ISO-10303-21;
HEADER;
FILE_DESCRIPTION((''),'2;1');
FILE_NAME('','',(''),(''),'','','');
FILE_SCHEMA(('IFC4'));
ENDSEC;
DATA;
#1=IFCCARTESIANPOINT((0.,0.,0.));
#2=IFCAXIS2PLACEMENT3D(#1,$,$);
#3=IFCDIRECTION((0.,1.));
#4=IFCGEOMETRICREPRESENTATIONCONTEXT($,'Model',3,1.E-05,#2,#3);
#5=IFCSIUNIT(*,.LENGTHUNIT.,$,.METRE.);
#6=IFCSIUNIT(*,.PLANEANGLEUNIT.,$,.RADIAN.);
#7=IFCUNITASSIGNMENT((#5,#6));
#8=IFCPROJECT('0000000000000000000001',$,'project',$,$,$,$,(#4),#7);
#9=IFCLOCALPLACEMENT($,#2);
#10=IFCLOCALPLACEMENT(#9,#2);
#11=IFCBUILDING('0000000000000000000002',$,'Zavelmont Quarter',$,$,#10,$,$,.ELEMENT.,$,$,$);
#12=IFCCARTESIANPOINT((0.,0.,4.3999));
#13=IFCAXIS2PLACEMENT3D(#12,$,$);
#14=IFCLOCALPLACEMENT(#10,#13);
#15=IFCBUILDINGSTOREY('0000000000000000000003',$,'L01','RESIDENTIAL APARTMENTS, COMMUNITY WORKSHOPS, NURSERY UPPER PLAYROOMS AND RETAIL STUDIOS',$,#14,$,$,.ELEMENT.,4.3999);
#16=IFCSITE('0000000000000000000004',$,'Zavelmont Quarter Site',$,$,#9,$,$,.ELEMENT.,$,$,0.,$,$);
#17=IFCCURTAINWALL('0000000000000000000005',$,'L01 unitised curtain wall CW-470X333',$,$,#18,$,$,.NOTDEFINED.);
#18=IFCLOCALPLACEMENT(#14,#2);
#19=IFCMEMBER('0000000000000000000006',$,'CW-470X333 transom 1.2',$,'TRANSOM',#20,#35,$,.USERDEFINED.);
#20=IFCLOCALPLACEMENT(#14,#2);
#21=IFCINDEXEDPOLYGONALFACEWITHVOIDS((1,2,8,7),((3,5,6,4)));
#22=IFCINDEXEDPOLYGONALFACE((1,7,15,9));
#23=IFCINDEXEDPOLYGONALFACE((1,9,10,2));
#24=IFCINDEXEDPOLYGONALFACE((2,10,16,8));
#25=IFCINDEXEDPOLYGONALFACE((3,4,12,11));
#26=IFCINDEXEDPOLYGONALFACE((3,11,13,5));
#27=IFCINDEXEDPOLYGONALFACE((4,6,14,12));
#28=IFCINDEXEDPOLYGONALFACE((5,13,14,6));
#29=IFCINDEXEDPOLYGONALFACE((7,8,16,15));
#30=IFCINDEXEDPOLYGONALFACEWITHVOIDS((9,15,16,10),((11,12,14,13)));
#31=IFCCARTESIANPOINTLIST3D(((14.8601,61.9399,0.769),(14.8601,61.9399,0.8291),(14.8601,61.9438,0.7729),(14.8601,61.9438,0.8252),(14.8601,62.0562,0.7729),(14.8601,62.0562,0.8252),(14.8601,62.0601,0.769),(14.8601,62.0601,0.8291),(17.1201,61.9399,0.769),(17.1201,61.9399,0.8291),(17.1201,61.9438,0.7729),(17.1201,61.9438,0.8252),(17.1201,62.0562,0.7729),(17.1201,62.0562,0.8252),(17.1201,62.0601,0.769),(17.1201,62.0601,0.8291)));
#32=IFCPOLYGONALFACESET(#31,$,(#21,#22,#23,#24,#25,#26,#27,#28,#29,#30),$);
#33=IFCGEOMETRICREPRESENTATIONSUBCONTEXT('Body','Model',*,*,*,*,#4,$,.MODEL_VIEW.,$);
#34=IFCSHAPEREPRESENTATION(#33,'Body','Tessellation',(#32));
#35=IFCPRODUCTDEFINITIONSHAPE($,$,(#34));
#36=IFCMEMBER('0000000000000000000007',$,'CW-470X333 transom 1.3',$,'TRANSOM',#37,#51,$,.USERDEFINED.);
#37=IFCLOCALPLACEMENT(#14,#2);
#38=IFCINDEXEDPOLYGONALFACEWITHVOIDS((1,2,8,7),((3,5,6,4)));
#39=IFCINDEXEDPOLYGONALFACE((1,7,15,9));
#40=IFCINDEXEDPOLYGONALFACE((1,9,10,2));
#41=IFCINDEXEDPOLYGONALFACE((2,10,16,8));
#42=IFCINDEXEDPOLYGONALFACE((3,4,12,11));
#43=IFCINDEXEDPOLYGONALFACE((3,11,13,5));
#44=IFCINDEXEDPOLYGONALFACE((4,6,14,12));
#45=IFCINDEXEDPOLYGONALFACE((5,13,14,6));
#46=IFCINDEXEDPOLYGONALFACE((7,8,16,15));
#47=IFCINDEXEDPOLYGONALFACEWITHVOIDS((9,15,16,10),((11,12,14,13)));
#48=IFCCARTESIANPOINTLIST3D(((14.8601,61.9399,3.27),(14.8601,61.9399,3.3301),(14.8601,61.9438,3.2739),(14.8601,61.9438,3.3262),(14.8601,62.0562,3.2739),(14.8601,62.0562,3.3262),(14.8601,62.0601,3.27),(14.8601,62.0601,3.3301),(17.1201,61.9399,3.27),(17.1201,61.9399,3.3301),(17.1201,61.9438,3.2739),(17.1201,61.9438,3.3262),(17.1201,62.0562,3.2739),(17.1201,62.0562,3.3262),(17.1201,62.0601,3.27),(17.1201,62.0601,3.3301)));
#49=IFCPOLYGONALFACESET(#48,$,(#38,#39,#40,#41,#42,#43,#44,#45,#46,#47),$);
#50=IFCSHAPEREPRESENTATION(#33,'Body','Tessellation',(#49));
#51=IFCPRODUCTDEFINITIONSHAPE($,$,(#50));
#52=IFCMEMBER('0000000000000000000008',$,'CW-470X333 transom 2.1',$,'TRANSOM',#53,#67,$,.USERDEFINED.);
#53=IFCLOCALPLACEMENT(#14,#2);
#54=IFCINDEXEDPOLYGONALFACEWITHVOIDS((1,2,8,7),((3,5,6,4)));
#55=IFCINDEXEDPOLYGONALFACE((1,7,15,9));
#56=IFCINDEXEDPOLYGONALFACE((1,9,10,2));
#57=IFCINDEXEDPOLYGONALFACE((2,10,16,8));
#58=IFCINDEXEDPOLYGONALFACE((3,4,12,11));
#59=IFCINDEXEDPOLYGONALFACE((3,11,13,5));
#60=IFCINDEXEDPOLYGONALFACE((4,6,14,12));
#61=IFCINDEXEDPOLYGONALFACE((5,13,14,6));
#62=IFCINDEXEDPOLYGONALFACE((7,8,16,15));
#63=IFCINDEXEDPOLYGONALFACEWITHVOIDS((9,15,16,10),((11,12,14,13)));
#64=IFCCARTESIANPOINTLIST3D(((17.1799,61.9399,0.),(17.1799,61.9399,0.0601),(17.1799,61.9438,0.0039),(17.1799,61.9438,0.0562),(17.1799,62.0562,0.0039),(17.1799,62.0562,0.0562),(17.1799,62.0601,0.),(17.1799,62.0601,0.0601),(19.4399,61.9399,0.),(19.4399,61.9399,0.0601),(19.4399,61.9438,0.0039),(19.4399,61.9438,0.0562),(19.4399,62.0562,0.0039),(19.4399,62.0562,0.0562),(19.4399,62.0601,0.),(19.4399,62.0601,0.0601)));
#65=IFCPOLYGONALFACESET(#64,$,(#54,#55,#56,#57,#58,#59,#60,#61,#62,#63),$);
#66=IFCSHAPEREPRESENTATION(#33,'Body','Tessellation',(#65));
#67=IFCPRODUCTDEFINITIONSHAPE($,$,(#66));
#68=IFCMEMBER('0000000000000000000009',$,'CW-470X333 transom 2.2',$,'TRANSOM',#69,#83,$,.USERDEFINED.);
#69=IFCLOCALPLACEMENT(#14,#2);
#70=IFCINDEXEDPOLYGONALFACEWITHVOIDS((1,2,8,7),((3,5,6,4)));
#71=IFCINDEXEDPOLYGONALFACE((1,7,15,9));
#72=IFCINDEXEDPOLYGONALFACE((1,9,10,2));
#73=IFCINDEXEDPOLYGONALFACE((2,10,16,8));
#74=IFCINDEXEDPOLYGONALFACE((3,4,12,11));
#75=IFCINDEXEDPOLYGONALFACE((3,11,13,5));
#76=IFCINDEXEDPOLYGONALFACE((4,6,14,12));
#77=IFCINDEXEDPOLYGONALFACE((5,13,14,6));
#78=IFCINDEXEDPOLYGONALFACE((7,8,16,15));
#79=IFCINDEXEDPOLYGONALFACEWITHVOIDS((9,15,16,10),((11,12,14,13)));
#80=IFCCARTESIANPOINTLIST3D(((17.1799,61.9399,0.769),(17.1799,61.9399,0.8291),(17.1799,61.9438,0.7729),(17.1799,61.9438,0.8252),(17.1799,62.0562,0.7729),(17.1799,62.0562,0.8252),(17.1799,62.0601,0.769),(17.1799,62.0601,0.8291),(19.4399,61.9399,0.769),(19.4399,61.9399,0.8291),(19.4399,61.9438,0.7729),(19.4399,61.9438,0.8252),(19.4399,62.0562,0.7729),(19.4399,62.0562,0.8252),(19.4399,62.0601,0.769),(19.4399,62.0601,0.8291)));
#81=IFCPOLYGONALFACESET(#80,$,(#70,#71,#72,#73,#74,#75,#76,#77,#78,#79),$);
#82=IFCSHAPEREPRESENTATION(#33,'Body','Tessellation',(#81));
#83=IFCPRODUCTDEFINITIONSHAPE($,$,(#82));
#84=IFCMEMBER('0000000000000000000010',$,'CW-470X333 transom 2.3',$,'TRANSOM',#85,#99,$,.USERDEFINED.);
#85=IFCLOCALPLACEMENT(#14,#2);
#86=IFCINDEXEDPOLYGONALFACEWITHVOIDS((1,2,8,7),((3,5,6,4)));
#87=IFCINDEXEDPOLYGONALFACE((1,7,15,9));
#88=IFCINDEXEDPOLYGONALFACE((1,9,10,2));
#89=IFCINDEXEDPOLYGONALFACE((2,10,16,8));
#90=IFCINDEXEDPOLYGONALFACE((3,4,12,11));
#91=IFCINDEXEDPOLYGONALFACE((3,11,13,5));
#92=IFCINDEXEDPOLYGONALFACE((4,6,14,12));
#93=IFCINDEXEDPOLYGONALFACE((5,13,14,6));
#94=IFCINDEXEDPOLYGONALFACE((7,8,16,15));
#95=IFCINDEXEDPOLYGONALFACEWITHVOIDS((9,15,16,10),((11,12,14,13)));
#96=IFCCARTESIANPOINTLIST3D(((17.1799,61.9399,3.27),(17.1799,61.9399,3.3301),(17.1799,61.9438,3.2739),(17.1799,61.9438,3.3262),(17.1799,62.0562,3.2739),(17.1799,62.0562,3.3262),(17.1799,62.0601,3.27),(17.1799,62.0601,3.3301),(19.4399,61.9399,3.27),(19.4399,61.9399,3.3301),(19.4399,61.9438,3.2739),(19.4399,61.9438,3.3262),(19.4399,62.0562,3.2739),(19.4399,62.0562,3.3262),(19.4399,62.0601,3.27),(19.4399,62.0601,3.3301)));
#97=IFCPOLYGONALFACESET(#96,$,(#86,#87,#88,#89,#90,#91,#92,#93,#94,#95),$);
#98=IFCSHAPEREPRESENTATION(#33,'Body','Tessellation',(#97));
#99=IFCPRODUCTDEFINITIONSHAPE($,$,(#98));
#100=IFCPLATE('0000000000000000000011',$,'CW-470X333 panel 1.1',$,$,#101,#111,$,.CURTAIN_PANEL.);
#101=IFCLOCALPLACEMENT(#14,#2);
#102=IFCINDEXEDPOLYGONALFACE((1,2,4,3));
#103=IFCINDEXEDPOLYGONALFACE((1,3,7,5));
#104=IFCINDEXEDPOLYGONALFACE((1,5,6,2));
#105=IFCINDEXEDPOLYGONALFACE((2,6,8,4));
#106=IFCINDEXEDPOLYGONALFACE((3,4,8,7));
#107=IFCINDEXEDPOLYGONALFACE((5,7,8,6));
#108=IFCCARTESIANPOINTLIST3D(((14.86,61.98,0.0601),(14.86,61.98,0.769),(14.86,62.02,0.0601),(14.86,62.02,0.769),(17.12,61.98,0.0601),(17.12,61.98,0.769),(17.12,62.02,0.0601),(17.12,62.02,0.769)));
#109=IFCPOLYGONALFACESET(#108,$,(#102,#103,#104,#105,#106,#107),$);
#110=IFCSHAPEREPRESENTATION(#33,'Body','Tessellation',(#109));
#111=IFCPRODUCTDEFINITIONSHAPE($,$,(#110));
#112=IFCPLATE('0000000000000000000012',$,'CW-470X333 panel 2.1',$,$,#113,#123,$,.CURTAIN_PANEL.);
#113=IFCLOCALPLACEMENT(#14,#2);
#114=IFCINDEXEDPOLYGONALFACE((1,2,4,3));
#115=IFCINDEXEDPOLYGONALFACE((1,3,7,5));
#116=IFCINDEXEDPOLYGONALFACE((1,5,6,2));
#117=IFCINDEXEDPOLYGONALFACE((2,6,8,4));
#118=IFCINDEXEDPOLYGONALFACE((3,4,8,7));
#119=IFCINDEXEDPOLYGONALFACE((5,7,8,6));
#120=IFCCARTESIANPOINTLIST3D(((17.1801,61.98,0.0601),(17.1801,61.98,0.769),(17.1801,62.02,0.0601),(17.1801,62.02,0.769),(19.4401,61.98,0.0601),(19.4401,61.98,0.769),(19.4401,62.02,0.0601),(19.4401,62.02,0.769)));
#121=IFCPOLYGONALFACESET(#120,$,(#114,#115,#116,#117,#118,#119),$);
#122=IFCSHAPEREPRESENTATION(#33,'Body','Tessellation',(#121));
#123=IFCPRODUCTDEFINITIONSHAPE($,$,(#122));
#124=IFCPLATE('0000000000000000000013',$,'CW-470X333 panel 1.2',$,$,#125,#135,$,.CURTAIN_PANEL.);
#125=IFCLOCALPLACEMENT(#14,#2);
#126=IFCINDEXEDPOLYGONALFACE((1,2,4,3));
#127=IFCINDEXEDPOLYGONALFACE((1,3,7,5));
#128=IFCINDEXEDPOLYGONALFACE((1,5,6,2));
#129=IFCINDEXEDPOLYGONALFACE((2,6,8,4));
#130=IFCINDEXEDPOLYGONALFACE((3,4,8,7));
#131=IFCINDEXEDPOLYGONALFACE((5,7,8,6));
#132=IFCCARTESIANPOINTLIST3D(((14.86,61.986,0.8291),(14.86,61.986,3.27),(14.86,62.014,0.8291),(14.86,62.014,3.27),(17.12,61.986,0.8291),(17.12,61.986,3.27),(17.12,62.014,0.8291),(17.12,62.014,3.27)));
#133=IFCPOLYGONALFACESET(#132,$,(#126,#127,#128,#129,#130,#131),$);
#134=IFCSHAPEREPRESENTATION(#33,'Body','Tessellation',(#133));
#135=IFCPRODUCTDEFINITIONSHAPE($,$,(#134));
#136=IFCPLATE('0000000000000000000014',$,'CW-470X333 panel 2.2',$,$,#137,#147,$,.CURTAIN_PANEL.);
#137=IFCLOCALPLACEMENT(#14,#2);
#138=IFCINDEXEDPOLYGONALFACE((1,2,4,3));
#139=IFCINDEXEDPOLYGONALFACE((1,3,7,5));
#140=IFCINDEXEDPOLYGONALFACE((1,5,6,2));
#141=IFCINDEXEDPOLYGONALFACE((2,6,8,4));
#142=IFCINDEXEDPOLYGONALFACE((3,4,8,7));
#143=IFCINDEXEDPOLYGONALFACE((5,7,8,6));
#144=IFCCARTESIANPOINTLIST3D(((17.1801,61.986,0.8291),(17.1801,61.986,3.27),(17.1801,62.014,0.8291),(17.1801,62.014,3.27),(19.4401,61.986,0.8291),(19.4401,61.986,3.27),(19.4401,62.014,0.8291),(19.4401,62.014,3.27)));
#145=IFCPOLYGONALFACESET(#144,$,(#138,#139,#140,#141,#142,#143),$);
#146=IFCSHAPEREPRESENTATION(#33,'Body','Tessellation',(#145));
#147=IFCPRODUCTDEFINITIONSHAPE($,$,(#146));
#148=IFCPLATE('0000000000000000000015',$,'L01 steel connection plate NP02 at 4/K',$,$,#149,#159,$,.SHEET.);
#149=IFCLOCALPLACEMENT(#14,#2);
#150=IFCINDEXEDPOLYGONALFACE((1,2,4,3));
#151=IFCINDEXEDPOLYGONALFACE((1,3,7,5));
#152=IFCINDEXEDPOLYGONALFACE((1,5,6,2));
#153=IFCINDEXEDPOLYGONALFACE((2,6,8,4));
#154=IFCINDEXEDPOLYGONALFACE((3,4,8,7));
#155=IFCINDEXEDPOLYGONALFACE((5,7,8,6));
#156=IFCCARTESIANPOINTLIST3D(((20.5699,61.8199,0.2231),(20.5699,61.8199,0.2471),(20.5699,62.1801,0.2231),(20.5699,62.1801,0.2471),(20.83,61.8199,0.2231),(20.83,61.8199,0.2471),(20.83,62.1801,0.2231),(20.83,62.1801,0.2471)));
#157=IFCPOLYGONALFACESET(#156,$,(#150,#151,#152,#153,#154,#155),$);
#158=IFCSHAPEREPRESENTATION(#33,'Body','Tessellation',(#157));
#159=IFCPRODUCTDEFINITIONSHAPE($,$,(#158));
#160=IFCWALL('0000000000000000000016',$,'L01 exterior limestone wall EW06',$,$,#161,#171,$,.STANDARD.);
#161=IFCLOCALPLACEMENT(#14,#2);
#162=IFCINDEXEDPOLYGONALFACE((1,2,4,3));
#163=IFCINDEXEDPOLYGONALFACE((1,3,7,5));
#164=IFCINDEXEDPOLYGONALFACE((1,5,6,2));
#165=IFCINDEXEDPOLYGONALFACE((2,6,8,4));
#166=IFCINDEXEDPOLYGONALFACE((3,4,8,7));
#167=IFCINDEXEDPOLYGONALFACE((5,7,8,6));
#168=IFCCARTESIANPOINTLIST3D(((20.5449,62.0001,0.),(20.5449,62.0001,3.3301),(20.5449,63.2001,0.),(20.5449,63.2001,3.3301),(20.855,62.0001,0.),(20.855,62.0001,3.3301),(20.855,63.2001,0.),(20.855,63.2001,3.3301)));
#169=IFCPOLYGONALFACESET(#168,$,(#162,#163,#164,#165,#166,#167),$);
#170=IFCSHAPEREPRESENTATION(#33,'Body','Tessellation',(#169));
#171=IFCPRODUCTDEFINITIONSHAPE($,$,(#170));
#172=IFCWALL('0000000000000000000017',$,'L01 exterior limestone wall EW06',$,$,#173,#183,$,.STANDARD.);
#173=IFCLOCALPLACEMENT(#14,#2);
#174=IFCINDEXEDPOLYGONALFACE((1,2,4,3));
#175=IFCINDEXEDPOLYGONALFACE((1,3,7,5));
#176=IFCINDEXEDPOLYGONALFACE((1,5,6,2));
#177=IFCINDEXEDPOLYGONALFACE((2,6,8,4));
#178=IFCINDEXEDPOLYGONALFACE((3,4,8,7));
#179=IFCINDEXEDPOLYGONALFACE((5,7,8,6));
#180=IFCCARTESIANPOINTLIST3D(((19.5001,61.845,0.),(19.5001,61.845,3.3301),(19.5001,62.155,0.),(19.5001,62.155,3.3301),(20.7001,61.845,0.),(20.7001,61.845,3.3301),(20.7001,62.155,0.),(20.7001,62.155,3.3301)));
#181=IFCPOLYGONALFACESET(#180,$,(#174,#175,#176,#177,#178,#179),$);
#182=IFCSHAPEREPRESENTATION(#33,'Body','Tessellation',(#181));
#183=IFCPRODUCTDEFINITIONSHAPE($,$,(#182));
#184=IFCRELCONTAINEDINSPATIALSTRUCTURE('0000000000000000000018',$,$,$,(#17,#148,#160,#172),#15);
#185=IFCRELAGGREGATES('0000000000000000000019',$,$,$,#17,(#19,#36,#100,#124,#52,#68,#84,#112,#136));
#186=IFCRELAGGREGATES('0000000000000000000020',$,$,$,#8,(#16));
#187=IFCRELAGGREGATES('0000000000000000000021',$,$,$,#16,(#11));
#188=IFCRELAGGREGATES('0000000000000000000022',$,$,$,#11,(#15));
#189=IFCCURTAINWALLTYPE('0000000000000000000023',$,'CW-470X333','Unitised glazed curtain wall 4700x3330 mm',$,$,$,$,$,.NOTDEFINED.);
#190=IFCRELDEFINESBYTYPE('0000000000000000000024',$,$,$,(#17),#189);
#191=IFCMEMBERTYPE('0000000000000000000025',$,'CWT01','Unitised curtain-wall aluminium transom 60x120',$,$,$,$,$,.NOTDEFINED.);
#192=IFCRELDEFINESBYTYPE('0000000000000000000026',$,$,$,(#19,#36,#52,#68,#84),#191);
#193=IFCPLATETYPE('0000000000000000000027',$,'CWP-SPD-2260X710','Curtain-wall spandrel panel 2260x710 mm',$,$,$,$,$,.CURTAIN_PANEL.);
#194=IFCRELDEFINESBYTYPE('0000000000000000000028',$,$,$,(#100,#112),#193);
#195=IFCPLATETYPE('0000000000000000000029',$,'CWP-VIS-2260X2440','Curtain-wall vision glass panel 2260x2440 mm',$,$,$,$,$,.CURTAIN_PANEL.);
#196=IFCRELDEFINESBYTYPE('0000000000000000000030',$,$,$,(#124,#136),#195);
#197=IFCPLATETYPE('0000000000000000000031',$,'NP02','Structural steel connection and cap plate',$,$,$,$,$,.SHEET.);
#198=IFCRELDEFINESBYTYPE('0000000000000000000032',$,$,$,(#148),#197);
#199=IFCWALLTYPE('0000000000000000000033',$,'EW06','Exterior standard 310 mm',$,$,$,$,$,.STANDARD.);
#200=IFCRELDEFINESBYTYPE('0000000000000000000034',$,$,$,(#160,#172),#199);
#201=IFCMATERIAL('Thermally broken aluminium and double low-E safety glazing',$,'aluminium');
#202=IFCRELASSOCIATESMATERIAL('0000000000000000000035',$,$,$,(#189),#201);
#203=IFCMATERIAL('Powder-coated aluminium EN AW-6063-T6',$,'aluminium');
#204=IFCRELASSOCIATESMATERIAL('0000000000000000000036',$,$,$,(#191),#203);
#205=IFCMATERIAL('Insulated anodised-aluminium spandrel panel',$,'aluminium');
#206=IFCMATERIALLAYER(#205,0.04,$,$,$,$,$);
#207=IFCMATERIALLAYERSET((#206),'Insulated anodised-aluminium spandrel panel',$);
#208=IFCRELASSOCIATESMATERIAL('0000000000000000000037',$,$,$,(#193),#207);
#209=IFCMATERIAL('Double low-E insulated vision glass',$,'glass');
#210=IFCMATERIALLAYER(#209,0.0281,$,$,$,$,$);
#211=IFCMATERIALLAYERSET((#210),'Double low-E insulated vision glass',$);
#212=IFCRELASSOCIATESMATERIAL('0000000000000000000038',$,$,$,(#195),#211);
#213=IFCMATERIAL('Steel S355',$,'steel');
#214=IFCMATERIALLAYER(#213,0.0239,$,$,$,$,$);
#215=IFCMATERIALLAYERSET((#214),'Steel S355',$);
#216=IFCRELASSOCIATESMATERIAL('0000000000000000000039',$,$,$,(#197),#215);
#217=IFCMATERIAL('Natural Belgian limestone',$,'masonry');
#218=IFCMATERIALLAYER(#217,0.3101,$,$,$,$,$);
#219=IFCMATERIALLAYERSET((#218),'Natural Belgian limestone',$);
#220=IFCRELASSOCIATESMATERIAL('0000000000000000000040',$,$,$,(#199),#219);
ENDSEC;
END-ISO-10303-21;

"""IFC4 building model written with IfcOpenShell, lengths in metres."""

from ifc_helpers import new_model, si_unit, direction, frame, frame_2d, origin, origin_2d, place, context, subcontext, project, spatial, rectangle, hollow_rectangle, extrude, material, layer, layer_set, material_profile, profile_set, type_object, element, aggregate, save


model = new_model("IFC4")

# Units and contexts
model_context = context("Model", 3, precision=1e-05, world=origin(), true_north=direction((0.0, 1.0)))
body_context = subcontext(model_context, "Body", "Model", "MODEL_VIEW")
ifc_project = project(units=[si_unit("LENGTHUNIT", "METRE"), si_unit("PLANEANGLEUNIT", "RADIAN")], contexts=[model_context])

# Site, building, storey
site_placement = place(None, origin())
site = spatial("IfcSite", under=ifc_project, at=site_placement, Name="Zavelmont Quarter Site", CompositionType="ELEMENT", RefElevation=0.0)
building_placement = place(site_placement, origin())
building = spatial("IfcBuilding", under=site, at=building_placement, Name="Zavelmont Quarter", CompositionType="ELEMENT")
storey_placement = place(building_placement, frame((0.0, 0.0, 4.3999)))
storey = spatial("IfcBuildingStorey", under=building, at=storey_placement, Name="L01", Description="RESIDENTIAL APARTMENTS, COMMUNITY WORKSHOPS, NURSERY UPPER PLAYROOMS AND RETAIL STUDIOS", CompositionType="ELEMENT", Elevation=4.3999)

# Shared definitions
ifc_material_1 = material(Name="Steel S355", Category="steel")

# Curtain wall, members, plates
ifc_material_2 = material(Name="Thermally broken aluminium and double low-E safety glazing", Category="aluminium")
curtain_wall_type = type_object("IfcCurtainWallType", Name="CW-470X333", Description="Unitised glazed curtain wall 4700x3330 mm", PredefinedType="NOTDEFINED", material=ifc_material_2)
curtain_wall_placement = place(storey_placement, origin())
curtain_wall = element("IfcCurtainWall", 1, at=curtain_wall_placement, inside=storey, type_object=curtain_wall_type, Name="L01 unitised curtain wall CW-470X333", PredefinedType="NOTDEFINED")
ifc_material_3 = material(Name="Powder-coated aluminium EN AW-6063-T6", Category="aluminium")
ifc_material_profile_1 = material_profile(ifc_material_3, hollow_rectangle(XDim=0.1201, YDim=0.0601, WallThickness=0.0039, at=origin_2d()), Name="CWT60X120")
ifc_profile_set_1 = profile_set([ifc_material_profile_1], Name="Powder-coated aluminium EN AW-6063-T6")
member_type_1 = type_object("IfcMemberType", Name="CWT01", Description="Unitised curtain-wall aluminium transom 60x120", PredefinedType="NOTDEFINED", material=ifc_profile_set_1)
member_1_placement = place(storey_placement, frame((14.8601, 62.0, 0.7991), z_axis=(1.0, 0.0, 0.0), x_axis=(0.0, 1.0, 0.0)))
member_1 = element("IfcMember", 2, at=member_1_placement, type_object=member_type_1, Name="CW-470X333 transom 1.2", ObjectType="TRANSOM", PredefinedType="USERDEFINED", context=body_context, shape_type="SweptSolid", body=[
    extrude(hollow_rectangle(XDim=0.1201, YDim=0.0601, WallThickness=0.0039, at=origin_2d()), origin(), (0.0, 0.0, 1.0), 2.26),
])
member_2_placement = place(storey_placement, frame((14.8601, 62.0, 3.3), z_axis=(1.0, 0.0, 0.0), x_axis=(0.0, 1.0, 0.0)))
member_2 = element("IfcMember", 3, at=member_2_placement, type_object=member_type_1, Name="CW-470X333 transom 1.3", ObjectType="TRANSOM", PredefinedType="USERDEFINED", context=body_context, shape_type="SweptSolid", body=[
    extrude(hollow_rectangle(XDim=0.1201, YDim=0.0601, WallThickness=0.0039, at=origin_2d()), origin(), (0.0, 0.0, 1.0), 2.26),
])
member_3_placement = place(storey_placement, frame((17.1799, 62.0, 0.03), z_axis=(1.0, 0.0, 0.0), x_axis=(0.0, 1.0, 0.0)))
member_3 = element("IfcMember", 4, at=member_3_placement, type_object=member_type_1, Name="CW-470X333 transom 2.1", ObjectType="TRANSOM", PredefinedType="USERDEFINED", context=body_context, shape_type="SweptSolid", body=[
    extrude(hollow_rectangle(XDim=0.1201, YDim=0.0601, WallThickness=0.0039, at=origin_2d()), origin(), (0.0, 0.0, 1.0), 2.26),
])
member_4_placement = place(storey_placement, frame((17.1799, 62.0, 0.7991), z_axis=(1.0, 0.0, 0.0), x_axis=(0.0, 1.0, 0.0)))
member_4 = element("IfcMember", 5, at=member_4_placement, type_object=member_type_1, Name="CW-470X333 transom 2.2", ObjectType="TRANSOM", PredefinedType="USERDEFINED", context=body_context, shape_type="SweptSolid", body=[
    extrude(hollow_rectangle(XDim=0.1201, YDim=0.0601, WallThickness=0.0039, at=origin_2d()), origin(), (0.0, 0.0, 1.0), 2.26),
])
member_5_placement = place(storey_placement, frame((17.1799, 62.0, 3.3), z_axis=(1.0, 0.0, 0.0), x_axis=(0.0, 1.0, 0.0)))
member_5 = element("IfcMember", 6, at=member_5_placement, type_object=member_type_1, Name="CW-470X333 transom 2.3", ObjectType="TRANSOM", PredefinedType="USERDEFINED", context=body_context, shape_type="SweptSolid", body=[
    extrude(hollow_rectangle(XDim=0.1201, YDim=0.0601, WallThickness=0.0039, at=origin_2d()), origin(), (0.0, 0.0, 1.0), 2.26),
])
ifc_material_4 = material(Name="Insulated anodised-aluminium spandrel panel", Category="aluminium")
ifc_layer_1 = layer(ifc_material_4, 0.04)
ifc_layer_set_1 = layer_set([ifc_layer_1], Name="Insulated anodised-aluminium spandrel panel")
plate_type_1 = type_object("IfcPlateType", Name="CWP-SPD-2260X710", Description="Curtain-wall spandrel panel 2260x710 mm", PredefinedType="CURTAIN_PANEL", material=ifc_layer_set_1)
plate_1_placement = place(storey_placement, frame((15.99, 62.0, 0.0601), z_axis=(0.0, 0.0, 1.0), x_axis=(1.0, 0.0, 0.0)))
plate_1 = element("IfcPlate", 7, at=plate_1_placement, type_object=plate_type_1, Name="CW-470X333 panel 1.1", PredefinedType="CURTAIN_PANEL", context=body_context, shape_type="SweptSolid", body=[
    extrude(rectangle(XDim=2.26, YDim=0.04, at=origin_2d()), origin(), (0.0, 0.0, 1.0), 0.709),
])
plate_2_placement = place(storey_placement, frame((18.3101, 62.0, 0.0601), z_axis=(0.0, 0.0, 1.0), x_axis=(1.0, 0.0, 0.0)))
plate_2 = element("IfcPlate", 8, at=plate_2_placement, type_object=plate_type_1, Name="CW-470X333 panel 2.1", PredefinedType="CURTAIN_PANEL", context=body_context, shape_type="SweptSolid", body=[
    extrude(rectangle(XDim=2.26, YDim=0.04, at=origin_2d()), origin(), (0.0, 0.0, 1.0), 0.709),
])
ifc_material_5 = material(Name="Double low-E insulated vision glass", Category="glass")
ifc_layer_2 = layer(ifc_material_5, 0.0281)
ifc_layer_set_2 = layer_set([ifc_layer_2], Name="Double low-E insulated vision glass")
plate_type_2 = type_object("IfcPlateType", Name="CWP-VIS-2260X2440", Description="Curtain-wall vision glass panel 2260x2440 mm", PredefinedType="CURTAIN_PANEL", material=ifc_layer_set_2)
plate_3_placement = place(storey_placement, frame((15.99, 62.0, 0.8291), z_axis=(0.0, 0.0, 1.0), x_axis=(1.0, 0.0, 0.0)))
plate_3 = element("IfcPlate", 9, at=plate_3_placement, type_object=plate_type_2, Name="CW-470X333 panel 1.2", PredefinedType="CURTAIN_PANEL", context=body_context, shape_type="SweptSolid", body=[
    extrude(rectangle(XDim=2.26, YDim=0.0281, at=origin_2d()), origin(), (0.0, 0.0, 1.0), 2.4409),
])
plate_4_placement = place(storey_placement, frame((18.3101, 62.0, 0.8291), z_axis=(0.0, 0.0, 1.0), x_axis=(1.0, 0.0, 0.0)))
plate_4 = element("IfcPlate", 10, at=plate_4_placement, type_object=plate_type_2, Name="CW-470X333 panel 2.2", PredefinedType="CURTAIN_PANEL", context=body_context, shape_type="SweptSolid", body=[
    extrude(rectangle(XDim=2.26, YDim=0.0281, at=origin_2d()), origin(), (0.0, 0.0, 1.0), 2.4409),
])
aggregate(curtain_wall, [member_1, member_2, plate_1, plate_3, member_3, member_4, member_5, plate_2, plate_4])

# Plate
ifc_layer_3 = layer(ifc_material_1, 0.0239)
ifc_layer_set_3 = layer_set([ifc_layer_3], Name="Steel S355")
plate_type_3 = type_object("IfcPlateType", Name="NP02", Description="Structural steel connection and cap plate", PredefinedType="SHEET", material=ifc_layer_set_3)
plate_5_placement = place(storey_placement, frame((20.7, 62.0, 0.2231), z_axis=(0.0, 0.0, 1.0), x_axis=(0.0, 1.0, 0.0)))
element("IfcPlate", 11, at=plate_5_placement, inside=storey, type_object=plate_type_3, Name="L01 steel connection plate NP02 at 4/K", PredefinedType="SHEET", context=body_context, shape_type="SweptSolid", body=[
    extrude(rectangle(XDim=0.3601, YDim=0.26, at=origin_2d()), origin(), (0.0, 0.0, 1.0), 0.0239),
])

# Walls
ifc_material_6 = material(Name="Natural Belgian limestone", Category="masonry")
ifc_layer_4 = layer(ifc_material_6, 0.3101)
ifc_layer_set_4 = layer_set([ifc_layer_4], Name="Natural Belgian limestone")
wall_type_1 = type_object("IfcWallType", Name="EW06", Description="Exterior standard 310 mm", PredefinedType="STANDARD", material=ifc_layer_set_4)
for number, where, z_axis, x_axis, name in (
    (12, (20.7, 62.0, 0.0), (0.0, 0.0, 1.0), (0.0, 1.0, 0.0), "L01 exterior limestone wall EW06"),
    (13, (19.5, 62.0, 0.0), (0.0, 0.0, 1.0), (1.0, 0.0, 0.0), "L01 exterior limestone wall EW06"),
):
    element("IfcWall", number, at=place(storey_placement, frame(where, z_axis=z_axis, x_axis=x_axis)), inside=storey, type_object=wall_type_1, Name=name, PredefinedType="STANDARD", context=body_context, shape_type="SweptSolid", body=[
        extrude(rectangle(XDim=1.2, YDim=0.3101, at=frame_2d((0.6001, 0.0))), origin(), (0.0, 0.0, 1.0), 3.3301),
    ])

save(model, "model.ifc")
